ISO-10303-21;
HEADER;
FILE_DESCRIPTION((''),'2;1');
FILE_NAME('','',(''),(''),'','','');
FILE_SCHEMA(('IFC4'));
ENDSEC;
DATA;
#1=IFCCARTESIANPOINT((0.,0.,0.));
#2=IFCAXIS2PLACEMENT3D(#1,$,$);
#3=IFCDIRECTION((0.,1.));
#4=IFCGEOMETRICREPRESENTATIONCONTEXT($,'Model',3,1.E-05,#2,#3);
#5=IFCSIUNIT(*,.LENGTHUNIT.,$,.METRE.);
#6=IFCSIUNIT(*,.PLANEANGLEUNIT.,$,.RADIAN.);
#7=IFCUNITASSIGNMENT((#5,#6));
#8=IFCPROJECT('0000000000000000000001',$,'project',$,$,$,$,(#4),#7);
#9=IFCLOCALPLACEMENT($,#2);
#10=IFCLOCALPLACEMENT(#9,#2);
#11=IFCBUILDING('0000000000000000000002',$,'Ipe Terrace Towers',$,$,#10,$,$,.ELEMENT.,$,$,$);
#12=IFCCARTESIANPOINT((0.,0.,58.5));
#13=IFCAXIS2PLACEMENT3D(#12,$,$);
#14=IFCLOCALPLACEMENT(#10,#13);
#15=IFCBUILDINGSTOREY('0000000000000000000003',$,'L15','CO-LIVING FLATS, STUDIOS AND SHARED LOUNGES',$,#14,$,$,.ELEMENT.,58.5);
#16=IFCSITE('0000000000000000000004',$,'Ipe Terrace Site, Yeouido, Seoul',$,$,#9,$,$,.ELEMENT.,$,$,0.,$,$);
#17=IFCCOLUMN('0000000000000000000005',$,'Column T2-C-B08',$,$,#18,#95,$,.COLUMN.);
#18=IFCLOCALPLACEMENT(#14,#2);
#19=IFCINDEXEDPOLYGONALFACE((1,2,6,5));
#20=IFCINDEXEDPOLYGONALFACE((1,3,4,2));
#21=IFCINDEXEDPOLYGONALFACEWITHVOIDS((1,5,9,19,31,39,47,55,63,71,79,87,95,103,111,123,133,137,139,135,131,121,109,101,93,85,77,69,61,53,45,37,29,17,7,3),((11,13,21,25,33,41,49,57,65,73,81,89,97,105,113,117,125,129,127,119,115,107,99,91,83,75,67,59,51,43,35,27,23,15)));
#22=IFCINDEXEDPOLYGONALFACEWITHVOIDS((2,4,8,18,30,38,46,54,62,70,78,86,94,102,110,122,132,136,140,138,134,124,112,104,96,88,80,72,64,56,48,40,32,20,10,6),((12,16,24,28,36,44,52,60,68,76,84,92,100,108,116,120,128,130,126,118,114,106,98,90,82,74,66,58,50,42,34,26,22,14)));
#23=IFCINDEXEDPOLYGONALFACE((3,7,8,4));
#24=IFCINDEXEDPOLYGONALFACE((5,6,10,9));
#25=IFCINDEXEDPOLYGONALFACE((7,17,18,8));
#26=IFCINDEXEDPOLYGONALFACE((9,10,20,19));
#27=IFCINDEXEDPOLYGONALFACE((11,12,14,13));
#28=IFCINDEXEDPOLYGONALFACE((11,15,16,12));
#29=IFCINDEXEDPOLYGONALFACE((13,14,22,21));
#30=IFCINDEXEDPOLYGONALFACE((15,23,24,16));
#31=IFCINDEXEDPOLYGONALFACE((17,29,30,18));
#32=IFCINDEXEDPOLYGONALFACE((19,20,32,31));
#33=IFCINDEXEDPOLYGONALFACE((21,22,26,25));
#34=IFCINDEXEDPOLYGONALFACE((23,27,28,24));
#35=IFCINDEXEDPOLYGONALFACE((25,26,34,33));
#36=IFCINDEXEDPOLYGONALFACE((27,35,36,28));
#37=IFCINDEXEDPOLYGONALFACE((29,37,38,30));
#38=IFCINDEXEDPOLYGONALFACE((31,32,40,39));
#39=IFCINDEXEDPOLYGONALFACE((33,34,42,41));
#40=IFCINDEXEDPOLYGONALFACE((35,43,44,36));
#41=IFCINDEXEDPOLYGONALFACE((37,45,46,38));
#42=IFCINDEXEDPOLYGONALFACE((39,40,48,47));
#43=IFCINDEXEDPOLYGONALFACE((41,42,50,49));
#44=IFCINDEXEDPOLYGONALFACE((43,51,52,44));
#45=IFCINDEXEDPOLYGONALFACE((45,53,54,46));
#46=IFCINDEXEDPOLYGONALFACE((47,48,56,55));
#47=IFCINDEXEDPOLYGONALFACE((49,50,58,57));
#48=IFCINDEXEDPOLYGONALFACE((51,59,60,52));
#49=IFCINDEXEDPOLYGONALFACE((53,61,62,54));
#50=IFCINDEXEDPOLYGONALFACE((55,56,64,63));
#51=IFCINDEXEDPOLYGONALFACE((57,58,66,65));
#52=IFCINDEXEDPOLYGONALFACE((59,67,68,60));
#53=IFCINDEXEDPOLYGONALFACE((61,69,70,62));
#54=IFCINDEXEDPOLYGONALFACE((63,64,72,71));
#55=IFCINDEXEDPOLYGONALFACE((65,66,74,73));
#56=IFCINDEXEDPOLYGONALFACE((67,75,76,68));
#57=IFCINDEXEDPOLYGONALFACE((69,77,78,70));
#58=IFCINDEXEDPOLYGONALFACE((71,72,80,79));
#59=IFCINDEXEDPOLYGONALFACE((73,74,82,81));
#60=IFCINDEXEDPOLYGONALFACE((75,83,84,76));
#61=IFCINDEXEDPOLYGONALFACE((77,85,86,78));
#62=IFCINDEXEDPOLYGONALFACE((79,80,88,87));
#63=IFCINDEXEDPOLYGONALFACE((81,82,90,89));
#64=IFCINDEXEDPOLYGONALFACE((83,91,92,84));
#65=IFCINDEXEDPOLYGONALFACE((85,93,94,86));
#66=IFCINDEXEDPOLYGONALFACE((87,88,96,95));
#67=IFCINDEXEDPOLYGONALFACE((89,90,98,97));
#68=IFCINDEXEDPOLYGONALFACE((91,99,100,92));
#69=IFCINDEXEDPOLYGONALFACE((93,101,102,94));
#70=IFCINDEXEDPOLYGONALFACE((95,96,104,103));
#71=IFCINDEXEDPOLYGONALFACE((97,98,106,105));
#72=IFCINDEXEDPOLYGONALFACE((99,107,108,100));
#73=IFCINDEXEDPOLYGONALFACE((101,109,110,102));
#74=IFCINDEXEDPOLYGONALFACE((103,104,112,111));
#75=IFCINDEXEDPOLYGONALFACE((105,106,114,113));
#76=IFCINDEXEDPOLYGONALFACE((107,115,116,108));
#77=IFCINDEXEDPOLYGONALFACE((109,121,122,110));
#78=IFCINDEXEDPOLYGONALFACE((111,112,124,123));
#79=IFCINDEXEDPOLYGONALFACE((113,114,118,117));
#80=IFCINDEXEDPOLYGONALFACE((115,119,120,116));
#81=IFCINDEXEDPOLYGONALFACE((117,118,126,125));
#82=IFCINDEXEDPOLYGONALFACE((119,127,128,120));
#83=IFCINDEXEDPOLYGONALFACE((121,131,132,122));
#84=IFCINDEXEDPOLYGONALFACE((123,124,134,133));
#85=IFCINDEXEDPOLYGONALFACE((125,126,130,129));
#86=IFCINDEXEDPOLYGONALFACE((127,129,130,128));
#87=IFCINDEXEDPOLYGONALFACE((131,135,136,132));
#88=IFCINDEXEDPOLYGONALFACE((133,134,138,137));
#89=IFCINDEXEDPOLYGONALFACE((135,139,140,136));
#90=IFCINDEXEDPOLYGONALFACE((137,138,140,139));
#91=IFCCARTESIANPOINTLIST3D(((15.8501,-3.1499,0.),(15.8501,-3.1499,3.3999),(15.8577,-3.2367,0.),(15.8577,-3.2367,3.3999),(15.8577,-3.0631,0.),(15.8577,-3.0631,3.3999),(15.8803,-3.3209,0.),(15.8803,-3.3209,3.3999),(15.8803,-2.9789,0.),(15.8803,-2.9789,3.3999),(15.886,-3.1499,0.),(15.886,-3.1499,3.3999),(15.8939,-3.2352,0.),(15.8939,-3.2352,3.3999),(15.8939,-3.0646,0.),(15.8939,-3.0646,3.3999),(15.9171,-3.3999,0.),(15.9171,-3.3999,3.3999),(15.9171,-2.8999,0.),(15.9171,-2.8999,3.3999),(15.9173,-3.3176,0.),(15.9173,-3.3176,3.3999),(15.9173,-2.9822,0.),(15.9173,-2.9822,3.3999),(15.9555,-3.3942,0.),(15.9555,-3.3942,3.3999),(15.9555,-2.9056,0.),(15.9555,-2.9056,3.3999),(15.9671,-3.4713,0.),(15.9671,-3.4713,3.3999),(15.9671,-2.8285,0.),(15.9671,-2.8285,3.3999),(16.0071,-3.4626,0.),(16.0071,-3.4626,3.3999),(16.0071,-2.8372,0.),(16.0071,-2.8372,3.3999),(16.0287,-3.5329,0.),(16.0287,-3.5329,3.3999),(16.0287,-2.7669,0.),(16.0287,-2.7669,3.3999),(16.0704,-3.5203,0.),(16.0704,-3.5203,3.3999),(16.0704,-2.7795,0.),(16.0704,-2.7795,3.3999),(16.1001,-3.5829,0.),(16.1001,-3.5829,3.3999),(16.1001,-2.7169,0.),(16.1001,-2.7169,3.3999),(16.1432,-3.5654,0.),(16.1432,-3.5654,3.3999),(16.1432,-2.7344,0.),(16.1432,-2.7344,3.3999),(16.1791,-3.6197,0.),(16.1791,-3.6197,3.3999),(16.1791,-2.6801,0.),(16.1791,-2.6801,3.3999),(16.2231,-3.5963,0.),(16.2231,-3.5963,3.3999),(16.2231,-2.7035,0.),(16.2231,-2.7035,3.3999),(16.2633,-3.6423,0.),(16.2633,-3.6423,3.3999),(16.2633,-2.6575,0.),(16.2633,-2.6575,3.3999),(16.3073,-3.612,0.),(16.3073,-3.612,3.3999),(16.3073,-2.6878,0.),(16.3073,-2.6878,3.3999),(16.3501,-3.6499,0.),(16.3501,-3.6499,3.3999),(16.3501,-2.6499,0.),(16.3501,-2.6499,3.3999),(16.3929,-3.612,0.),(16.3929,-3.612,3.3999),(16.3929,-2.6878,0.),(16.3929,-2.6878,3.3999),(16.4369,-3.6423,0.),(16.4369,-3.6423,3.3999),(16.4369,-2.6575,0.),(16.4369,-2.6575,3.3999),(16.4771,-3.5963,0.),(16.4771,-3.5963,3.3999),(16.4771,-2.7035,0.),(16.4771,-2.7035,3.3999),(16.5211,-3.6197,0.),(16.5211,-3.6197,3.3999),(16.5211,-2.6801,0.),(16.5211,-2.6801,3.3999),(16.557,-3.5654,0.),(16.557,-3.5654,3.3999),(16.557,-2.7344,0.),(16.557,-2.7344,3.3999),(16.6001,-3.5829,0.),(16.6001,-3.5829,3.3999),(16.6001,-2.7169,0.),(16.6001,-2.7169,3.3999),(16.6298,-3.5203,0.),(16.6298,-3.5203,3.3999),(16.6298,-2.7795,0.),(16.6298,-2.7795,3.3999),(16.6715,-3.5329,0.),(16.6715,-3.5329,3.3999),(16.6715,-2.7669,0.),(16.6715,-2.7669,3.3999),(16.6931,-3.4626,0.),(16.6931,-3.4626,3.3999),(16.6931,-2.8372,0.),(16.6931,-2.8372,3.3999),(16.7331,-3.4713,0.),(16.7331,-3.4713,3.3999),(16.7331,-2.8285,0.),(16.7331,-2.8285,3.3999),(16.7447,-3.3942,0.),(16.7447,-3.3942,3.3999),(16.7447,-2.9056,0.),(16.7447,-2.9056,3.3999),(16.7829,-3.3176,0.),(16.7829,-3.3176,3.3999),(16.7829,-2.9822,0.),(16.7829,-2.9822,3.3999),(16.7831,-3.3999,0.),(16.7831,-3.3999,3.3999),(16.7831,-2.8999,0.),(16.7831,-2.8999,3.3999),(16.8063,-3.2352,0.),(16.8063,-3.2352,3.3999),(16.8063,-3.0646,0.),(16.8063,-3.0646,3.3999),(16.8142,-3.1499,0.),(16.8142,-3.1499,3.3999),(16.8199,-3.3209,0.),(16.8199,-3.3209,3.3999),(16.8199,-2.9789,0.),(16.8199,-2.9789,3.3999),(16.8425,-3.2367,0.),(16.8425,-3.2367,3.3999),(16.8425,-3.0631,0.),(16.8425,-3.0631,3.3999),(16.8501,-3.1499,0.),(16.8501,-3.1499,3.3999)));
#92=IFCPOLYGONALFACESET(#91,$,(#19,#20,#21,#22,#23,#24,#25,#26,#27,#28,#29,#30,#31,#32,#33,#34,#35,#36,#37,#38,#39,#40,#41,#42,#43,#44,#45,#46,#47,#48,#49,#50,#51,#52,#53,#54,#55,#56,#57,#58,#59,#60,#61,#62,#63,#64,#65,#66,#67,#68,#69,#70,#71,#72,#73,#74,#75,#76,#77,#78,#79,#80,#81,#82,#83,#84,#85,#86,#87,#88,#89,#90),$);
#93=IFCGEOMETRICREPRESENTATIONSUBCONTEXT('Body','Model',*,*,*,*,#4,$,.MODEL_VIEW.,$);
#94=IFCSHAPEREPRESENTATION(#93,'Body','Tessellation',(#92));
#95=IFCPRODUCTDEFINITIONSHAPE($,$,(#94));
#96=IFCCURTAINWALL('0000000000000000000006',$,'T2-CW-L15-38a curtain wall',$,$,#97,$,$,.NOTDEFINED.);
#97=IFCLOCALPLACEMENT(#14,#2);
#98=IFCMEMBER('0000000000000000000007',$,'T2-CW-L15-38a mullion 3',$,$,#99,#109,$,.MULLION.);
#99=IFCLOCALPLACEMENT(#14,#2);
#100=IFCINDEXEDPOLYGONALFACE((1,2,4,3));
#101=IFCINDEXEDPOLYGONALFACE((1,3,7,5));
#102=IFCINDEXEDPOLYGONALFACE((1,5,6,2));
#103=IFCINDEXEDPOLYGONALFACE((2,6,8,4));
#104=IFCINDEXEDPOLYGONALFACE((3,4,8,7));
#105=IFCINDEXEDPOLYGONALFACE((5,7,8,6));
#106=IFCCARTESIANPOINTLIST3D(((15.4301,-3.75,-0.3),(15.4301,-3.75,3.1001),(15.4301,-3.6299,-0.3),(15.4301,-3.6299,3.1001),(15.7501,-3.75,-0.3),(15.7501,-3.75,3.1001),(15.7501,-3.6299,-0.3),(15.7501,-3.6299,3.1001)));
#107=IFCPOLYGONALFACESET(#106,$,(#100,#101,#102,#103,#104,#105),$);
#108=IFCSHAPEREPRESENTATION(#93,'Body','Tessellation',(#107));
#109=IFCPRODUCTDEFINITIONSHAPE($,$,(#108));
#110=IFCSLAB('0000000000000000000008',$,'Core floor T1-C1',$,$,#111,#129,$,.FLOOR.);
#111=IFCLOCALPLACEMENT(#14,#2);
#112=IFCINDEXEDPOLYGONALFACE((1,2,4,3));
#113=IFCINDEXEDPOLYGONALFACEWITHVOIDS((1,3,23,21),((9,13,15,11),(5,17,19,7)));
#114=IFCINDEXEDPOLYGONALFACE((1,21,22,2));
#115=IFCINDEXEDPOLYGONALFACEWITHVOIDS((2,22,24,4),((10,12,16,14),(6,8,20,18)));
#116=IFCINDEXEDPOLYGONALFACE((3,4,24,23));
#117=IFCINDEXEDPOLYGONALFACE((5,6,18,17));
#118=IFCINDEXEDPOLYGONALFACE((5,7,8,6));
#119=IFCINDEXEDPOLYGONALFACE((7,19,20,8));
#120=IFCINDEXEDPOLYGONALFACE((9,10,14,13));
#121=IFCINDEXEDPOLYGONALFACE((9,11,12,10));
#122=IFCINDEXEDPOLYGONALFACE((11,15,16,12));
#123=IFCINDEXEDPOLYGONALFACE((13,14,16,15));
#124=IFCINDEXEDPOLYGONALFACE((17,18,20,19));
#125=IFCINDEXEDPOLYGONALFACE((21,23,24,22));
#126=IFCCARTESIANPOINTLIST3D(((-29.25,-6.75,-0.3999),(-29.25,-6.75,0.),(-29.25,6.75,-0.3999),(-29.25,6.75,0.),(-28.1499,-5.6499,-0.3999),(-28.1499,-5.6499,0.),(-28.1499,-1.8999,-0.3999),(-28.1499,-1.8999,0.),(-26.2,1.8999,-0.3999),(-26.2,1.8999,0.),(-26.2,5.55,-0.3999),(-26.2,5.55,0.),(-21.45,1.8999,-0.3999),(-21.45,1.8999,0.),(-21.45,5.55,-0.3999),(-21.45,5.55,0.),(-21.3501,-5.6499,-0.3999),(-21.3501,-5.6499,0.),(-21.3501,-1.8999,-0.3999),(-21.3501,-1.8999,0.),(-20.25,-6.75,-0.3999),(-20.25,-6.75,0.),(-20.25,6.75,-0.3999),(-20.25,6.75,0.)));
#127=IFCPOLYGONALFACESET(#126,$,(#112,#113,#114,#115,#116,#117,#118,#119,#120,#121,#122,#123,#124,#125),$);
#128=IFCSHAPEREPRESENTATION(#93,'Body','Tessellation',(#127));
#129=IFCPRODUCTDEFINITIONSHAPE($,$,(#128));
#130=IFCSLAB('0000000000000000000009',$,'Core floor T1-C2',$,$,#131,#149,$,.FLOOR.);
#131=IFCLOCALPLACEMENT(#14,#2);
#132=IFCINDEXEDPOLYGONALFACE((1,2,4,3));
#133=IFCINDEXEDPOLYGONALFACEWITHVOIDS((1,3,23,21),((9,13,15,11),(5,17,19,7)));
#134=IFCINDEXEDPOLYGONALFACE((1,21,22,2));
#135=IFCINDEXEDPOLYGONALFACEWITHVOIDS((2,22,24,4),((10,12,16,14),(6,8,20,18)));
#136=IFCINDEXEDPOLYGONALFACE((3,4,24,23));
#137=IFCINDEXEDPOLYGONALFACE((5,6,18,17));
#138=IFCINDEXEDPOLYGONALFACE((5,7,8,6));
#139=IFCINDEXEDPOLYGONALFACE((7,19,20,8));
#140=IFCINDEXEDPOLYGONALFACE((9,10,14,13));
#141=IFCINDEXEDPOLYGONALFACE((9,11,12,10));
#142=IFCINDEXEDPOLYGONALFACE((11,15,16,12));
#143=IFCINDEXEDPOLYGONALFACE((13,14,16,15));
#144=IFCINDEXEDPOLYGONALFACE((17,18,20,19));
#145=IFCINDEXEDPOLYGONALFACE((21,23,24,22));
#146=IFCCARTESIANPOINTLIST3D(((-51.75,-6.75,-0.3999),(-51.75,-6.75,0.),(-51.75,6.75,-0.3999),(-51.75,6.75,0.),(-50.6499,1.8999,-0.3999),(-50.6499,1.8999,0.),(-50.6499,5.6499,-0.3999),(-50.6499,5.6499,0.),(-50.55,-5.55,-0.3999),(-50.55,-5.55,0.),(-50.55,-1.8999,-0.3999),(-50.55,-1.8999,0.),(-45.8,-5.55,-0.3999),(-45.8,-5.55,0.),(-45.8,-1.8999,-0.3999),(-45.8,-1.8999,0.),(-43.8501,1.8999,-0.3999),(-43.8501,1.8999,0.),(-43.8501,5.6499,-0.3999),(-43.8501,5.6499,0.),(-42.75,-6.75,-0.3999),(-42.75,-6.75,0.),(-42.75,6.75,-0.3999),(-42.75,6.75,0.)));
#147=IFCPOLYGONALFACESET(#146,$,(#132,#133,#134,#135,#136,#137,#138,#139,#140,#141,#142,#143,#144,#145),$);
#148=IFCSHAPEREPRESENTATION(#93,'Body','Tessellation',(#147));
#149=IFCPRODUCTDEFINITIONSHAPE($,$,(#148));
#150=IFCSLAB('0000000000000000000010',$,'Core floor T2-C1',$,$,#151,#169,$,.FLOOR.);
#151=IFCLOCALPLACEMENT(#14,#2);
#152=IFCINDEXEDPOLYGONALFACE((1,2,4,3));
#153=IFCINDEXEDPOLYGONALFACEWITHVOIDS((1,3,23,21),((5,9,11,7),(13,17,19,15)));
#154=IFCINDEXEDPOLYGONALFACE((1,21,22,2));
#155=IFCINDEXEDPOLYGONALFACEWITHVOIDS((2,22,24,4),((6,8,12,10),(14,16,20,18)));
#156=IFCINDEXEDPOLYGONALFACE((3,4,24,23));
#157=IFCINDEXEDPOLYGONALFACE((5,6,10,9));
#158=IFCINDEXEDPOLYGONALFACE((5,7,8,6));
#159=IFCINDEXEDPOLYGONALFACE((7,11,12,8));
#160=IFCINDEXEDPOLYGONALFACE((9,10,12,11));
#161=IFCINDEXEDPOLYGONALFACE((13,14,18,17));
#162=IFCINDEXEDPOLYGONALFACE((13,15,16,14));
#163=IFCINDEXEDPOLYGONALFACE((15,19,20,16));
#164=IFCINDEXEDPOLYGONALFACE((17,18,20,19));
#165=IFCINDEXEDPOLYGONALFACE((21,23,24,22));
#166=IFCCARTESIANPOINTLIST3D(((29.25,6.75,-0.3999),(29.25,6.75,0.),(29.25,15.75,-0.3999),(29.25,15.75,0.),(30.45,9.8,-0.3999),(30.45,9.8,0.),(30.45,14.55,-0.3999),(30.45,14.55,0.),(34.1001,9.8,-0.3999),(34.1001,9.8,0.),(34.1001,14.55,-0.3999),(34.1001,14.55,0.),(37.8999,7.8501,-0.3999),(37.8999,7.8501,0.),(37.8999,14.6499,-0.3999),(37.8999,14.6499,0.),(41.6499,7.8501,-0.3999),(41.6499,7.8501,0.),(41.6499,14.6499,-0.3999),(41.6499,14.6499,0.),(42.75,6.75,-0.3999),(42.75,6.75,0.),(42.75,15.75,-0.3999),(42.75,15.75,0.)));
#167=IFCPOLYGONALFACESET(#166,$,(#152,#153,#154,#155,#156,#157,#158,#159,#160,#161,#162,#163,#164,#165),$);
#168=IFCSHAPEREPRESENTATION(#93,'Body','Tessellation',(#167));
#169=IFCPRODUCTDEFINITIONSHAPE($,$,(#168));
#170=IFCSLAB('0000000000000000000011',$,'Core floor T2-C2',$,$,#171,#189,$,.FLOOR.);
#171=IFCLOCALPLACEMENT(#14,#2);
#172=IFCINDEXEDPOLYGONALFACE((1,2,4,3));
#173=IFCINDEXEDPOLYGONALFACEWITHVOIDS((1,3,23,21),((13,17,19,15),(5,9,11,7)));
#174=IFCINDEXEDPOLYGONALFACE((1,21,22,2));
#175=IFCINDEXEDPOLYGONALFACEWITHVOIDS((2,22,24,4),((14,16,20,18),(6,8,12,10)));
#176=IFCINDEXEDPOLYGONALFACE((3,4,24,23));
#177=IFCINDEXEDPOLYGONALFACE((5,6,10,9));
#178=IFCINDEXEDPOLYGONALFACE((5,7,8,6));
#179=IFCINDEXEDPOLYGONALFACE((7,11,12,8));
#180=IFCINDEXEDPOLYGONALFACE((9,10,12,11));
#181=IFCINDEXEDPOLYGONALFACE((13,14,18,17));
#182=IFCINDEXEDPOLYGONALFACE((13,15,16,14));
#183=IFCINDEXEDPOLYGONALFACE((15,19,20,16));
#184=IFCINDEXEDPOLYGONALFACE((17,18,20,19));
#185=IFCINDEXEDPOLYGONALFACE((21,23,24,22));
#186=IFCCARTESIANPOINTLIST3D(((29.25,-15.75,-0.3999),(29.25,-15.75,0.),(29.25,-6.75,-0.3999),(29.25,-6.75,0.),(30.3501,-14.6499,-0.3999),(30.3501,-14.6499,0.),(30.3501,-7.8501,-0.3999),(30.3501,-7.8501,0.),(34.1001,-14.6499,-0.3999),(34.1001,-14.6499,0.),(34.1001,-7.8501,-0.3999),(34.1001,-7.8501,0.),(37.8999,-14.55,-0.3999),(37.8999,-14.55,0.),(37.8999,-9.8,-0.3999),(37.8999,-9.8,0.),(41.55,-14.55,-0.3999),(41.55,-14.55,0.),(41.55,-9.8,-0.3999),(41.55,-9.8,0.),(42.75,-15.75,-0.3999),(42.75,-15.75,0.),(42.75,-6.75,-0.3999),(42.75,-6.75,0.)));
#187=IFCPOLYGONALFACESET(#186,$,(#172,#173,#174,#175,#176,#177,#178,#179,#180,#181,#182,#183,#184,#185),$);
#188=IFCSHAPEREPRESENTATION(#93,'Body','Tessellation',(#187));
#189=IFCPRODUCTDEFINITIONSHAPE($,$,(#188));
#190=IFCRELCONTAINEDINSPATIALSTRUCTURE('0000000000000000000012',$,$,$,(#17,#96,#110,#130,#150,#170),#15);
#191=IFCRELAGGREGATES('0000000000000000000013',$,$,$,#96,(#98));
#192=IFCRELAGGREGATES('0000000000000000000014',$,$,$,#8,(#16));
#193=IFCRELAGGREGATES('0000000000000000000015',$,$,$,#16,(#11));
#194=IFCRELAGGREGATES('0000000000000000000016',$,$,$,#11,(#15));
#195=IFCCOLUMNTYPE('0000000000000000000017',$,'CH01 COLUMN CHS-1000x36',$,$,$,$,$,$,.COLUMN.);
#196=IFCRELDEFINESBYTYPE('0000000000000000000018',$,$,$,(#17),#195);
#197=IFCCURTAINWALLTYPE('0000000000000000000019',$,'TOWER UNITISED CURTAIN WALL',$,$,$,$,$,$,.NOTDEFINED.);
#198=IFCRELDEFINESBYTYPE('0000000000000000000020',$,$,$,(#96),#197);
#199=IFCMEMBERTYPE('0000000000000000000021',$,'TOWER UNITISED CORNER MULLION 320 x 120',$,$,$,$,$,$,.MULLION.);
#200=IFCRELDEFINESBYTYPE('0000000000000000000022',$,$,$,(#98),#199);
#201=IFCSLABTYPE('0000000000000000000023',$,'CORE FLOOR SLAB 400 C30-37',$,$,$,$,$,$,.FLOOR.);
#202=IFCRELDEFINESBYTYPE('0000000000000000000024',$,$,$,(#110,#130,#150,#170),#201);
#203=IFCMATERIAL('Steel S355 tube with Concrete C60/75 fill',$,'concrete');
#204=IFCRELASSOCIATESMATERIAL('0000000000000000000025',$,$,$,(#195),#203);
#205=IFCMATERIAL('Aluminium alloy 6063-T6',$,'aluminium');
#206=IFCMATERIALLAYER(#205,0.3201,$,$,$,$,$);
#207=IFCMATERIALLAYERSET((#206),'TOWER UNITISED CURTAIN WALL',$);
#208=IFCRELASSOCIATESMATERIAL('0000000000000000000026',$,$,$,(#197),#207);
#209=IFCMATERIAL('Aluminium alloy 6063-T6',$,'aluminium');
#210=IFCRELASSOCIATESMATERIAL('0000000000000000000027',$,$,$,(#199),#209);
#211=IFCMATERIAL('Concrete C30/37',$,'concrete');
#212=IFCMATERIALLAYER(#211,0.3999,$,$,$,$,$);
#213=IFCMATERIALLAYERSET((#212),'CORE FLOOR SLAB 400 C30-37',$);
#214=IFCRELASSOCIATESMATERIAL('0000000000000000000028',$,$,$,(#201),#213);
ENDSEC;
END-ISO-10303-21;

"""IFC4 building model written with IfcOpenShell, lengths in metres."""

from ifc_helpers import new_model, si_unit, direction, frame, origin, origin_2d, place, context, subcontext, project, spatial, polyline, rectangle, hollow_circle, outline, extrude, material, layer, layer_set, material_profile, profile_set, type_object, element, aggregate, save


model = new_model("IFC4")

# Units and contexts
model_context = context("Model", 3, precision=1e-05, world=origin(), true_north=direction((0.0, 1.0)))
body_context = subcontext(model_context, "Body", "Model", "MODEL_VIEW")
ifc_project = project(units=[si_unit("LENGTHUNIT", "METRE"), si_unit("PLANEANGLEUNIT", "RADIAN")], contexts=[model_context])

# Site, building, storey
site_placement = place(None, origin())
site = spatial("IfcSite", under=ifc_project, at=site_placement, Name="Ipe Terrace Site, Yeouido, Seoul", CompositionType="ELEMENT", RefElevation=0.0)
building_placement = place(site_placement, origin())
building = spatial("IfcBuilding", under=site, at=building_placement, Name="Ipe Terrace Towers", CompositionType="ELEMENT")
storey_placement = place(building_placement, frame((0.0, 0.0, 58.5)))
storey = spatial("IfcBuildingStorey", under=building, at=storey_placement, Name="L15", Description="CO-LIVING FLATS, STUDIOS AND SHARED LOUNGES", CompositionType="ELEMENT", Elevation=58.5)

# Column
ifc_material_1 = material(Name="Steel S355 tube with Concrete C60/75 fill", Category="concrete")
ifc_material_profile_1 = material_profile(ifc_material_1, hollow_circle(Radius=0.5, WallThickness=0.0359, at=origin_2d()), Name="CHS-1000x36")
ifc_profile_set_1 = profile_set([ifc_material_profile_1], Name="Steel S355 tube with Concrete C60/75 fill")
column_type = type_object("IfcColumnType", Name="CH01 COLUMN CHS-1000x36", PredefinedType="COLUMN", material=ifc_profile_set_1)
column_placement = place(storey_placement, frame((16.3501, -3.1499, 0.0), z_axis=(0.0, 0.0, 1.0), x_axis=(1.0, 0.0, 0.0)))
element("IfcColumn", 1, at=column_placement, inside=storey, type_object=column_type, Name="Column T2-C-B08", PredefinedType="COLUMN", context=body_context, shape_type="SweptSolid", body=[
    extrude(hollow_circle(Radius=0.5, WallThickness=0.0359, at=origin_2d()), origin(), (0.0, 0.0, 1.0), 3.3999),
])

# Curtain wall, member
ifc_material_2 = material(Name="Aluminium alloy 6063-T6", Category="aluminium")
ifc_layer_1 = layer(ifc_material_2, 0.3201)
ifc_layer_set_1 = layer_set([ifc_layer_1], Name="TOWER UNITISED CURTAIN WALL")
curtain_wall_type = type_object("IfcCurtainWallType", Name="TOWER UNITISED CURTAIN WALL", PredefinedType="NOTDEFINED", material=ifc_layer_set_1)
curtain_wall_placement = place(storey_placement, origin())
curtain_wall = element("IfcCurtainWall", 2, at=curtain_wall_placement, inside=storey, type_object=curtain_wall_type, Name="T2-CW-L15-38a curtain wall", PredefinedType="NOTDEFINED")
ifc_material_3 = material(Name="Aluminium alloy 6063-T6", Category="aluminium")
ifc_material_profile_2 = material_profile(ifc_material_3, rectangle(XDim=0.3201, YDim=0.1201, at=origin_2d()), Name="TOWER UNITISED CORNER MULLION 320 x 120")
ifc_profile_set_2 = profile_set([ifc_material_profile_2], Name="Aluminium alloy 6063-T6")
member_type = type_object("IfcMemberType", Name="TOWER UNITISED CORNER MULLION 320 x 120", PredefinedType="MULLION", material=ifc_profile_set_2)
member_placement = place(storey_placement, frame((15.5901, -3.6899, -0.3), z_axis=(0.0, 0.0, 1.0), x_axis=(-1.0, 0.0, 0.0)))
member = element("IfcMember", 3, at=member_placement, type_object=member_type, Name="T2-CW-L15-38a mullion 3", PredefinedType="MULLION", context=body_context, shape_type="SweptSolid", body=[
    extrude(rectangle(XDim=0.3201, YDim=0.1201, at=origin_2d()), origin(), (0.0, 0.0, 1.0), 3.4001),
])

# Slabs
ifc_material_4 = material(Name="Concrete C30/37", Category="concrete")
ifc_layer_2 = layer(ifc_material_4, 0.3999)
ifc_layer_set_2 = layer_set([ifc_layer_2], Name="CORE FLOOR SLAB 400 C30-37")
slab_type_1 = type_object("IfcSlabType", Name="CORE FLOOR SLAB 400 C30-37", PredefinedType="FLOOR", material=ifc_layer_set_2)
slab_1_placement = place(storey_placement, frame((0.0, 0.0, -0.3999)))
element("IfcSlab", 4, at=slab_1_placement, inside=storey, type_object=slab_type_1, Name="Core floor T1-C1", PredefinedType="FLOOR", context=body_context, shape_type="SweptSolid", body=[
    extrude(outline(polyline([(-29.25, -6.75), (-29.25, 6.75), (-20.25, 6.75), (-20.25, -6.75), (-29.25, -6.75)]), holes=[polyline([(-28.1499, -5.6499), (-21.3501, -5.6499), (-21.3501, -1.8999), (-28.1499, -1.8999), (-28.1499, -5.6499)]), polyline([(-26.2, 5.55), (-26.2, 1.8999), (-21.45, 1.8999), (-21.45, 5.55), (-26.2, 5.55)])]), origin(), (0.0, 0.0, 1.0), 0.3999),
])
slab_2_placement = place(storey_placement, frame((0.0, 0.0, -0.3999)))
element("IfcSlab", 5, at=slab_2_placement, inside=storey, type_object=slab_type_1, Name="Core floor T1-C2", PredefinedType="FLOOR", context=body_context, shape_type="SweptSolid", body=[
    extrude(outline(polyline([(-51.75, -6.75), (-51.75, 6.75), (-42.75, 6.75), (-42.75, -6.75), (-51.75, -6.75)]), holes=[polyline([(-45.8, -5.55), (-45.8, -1.8999), (-50.55, -1.8999), (-50.55, -5.55), (-45.8, -5.55)]), polyline([(-50.6499, 1.8999), (-43.8501, 1.8999), (-43.8501, 5.6499), (-50.6499, 5.6499), (-50.6499, 1.8999)])]), origin(), (0.0, 0.0, 1.0), 0.3999),
])
slab_3_placement = place(storey_placement, frame((0.0, 0.0, -0.3999)))
element("IfcSlab", 6, at=slab_3_placement, inside=storey, type_object=slab_type_1, Name="Core floor T2-C1", PredefinedType="FLOOR", context=body_context, shape_type="SweptSolid", body=[
    extrude(outline(polyline([(29.25, 6.75), (29.25, 15.75), (42.75, 15.75), (42.75, 6.75), (29.25, 6.75)]), holes=[polyline([(41.6499, 7.8501), (41.6499, 14.6499), (37.8999, 14.6499), (37.8999, 7.8501), (41.6499, 7.8501)]), polyline([(30.45, 9.8), (34.1001, 9.8), (34.1001, 14.55), (30.45, 14.55), (30.45, 9.8)])]), origin(), (0.0, 0.0, 1.0), 0.3999),
])
slab_4_placement = place(storey_placement, frame((0.0, 0.0, -0.3999)))
element("IfcSlab", 7, at=slab_4_placement, inside=storey, type_object=slab_type_1, Name="Core floor T2-C2", PredefinedType="FLOOR", context=body_context, shape_type="SweptSolid", body=[
    extrude(outline(polyline([(29.25, -15.75), (29.25, -6.75), (42.75, -6.75), (42.75, -15.75), (29.25, -15.75)]), holes=[polyline([(34.1001, -14.6499), (34.1001, -7.8501), (30.3501, -7.8501), (30.3501, -14.6499), (34.1001, -14.6499)]), polyline([(41.55, -9.8), (37.8999, -9.8), (37.8999, -14.55), (41.55, -14.55), (41.55, -9.8)])]), origin(), (0.0, 0.0, 1.0), 0.3999),
])

aggregate(curtain_wall, [member])

save(model, "model.ifc")
